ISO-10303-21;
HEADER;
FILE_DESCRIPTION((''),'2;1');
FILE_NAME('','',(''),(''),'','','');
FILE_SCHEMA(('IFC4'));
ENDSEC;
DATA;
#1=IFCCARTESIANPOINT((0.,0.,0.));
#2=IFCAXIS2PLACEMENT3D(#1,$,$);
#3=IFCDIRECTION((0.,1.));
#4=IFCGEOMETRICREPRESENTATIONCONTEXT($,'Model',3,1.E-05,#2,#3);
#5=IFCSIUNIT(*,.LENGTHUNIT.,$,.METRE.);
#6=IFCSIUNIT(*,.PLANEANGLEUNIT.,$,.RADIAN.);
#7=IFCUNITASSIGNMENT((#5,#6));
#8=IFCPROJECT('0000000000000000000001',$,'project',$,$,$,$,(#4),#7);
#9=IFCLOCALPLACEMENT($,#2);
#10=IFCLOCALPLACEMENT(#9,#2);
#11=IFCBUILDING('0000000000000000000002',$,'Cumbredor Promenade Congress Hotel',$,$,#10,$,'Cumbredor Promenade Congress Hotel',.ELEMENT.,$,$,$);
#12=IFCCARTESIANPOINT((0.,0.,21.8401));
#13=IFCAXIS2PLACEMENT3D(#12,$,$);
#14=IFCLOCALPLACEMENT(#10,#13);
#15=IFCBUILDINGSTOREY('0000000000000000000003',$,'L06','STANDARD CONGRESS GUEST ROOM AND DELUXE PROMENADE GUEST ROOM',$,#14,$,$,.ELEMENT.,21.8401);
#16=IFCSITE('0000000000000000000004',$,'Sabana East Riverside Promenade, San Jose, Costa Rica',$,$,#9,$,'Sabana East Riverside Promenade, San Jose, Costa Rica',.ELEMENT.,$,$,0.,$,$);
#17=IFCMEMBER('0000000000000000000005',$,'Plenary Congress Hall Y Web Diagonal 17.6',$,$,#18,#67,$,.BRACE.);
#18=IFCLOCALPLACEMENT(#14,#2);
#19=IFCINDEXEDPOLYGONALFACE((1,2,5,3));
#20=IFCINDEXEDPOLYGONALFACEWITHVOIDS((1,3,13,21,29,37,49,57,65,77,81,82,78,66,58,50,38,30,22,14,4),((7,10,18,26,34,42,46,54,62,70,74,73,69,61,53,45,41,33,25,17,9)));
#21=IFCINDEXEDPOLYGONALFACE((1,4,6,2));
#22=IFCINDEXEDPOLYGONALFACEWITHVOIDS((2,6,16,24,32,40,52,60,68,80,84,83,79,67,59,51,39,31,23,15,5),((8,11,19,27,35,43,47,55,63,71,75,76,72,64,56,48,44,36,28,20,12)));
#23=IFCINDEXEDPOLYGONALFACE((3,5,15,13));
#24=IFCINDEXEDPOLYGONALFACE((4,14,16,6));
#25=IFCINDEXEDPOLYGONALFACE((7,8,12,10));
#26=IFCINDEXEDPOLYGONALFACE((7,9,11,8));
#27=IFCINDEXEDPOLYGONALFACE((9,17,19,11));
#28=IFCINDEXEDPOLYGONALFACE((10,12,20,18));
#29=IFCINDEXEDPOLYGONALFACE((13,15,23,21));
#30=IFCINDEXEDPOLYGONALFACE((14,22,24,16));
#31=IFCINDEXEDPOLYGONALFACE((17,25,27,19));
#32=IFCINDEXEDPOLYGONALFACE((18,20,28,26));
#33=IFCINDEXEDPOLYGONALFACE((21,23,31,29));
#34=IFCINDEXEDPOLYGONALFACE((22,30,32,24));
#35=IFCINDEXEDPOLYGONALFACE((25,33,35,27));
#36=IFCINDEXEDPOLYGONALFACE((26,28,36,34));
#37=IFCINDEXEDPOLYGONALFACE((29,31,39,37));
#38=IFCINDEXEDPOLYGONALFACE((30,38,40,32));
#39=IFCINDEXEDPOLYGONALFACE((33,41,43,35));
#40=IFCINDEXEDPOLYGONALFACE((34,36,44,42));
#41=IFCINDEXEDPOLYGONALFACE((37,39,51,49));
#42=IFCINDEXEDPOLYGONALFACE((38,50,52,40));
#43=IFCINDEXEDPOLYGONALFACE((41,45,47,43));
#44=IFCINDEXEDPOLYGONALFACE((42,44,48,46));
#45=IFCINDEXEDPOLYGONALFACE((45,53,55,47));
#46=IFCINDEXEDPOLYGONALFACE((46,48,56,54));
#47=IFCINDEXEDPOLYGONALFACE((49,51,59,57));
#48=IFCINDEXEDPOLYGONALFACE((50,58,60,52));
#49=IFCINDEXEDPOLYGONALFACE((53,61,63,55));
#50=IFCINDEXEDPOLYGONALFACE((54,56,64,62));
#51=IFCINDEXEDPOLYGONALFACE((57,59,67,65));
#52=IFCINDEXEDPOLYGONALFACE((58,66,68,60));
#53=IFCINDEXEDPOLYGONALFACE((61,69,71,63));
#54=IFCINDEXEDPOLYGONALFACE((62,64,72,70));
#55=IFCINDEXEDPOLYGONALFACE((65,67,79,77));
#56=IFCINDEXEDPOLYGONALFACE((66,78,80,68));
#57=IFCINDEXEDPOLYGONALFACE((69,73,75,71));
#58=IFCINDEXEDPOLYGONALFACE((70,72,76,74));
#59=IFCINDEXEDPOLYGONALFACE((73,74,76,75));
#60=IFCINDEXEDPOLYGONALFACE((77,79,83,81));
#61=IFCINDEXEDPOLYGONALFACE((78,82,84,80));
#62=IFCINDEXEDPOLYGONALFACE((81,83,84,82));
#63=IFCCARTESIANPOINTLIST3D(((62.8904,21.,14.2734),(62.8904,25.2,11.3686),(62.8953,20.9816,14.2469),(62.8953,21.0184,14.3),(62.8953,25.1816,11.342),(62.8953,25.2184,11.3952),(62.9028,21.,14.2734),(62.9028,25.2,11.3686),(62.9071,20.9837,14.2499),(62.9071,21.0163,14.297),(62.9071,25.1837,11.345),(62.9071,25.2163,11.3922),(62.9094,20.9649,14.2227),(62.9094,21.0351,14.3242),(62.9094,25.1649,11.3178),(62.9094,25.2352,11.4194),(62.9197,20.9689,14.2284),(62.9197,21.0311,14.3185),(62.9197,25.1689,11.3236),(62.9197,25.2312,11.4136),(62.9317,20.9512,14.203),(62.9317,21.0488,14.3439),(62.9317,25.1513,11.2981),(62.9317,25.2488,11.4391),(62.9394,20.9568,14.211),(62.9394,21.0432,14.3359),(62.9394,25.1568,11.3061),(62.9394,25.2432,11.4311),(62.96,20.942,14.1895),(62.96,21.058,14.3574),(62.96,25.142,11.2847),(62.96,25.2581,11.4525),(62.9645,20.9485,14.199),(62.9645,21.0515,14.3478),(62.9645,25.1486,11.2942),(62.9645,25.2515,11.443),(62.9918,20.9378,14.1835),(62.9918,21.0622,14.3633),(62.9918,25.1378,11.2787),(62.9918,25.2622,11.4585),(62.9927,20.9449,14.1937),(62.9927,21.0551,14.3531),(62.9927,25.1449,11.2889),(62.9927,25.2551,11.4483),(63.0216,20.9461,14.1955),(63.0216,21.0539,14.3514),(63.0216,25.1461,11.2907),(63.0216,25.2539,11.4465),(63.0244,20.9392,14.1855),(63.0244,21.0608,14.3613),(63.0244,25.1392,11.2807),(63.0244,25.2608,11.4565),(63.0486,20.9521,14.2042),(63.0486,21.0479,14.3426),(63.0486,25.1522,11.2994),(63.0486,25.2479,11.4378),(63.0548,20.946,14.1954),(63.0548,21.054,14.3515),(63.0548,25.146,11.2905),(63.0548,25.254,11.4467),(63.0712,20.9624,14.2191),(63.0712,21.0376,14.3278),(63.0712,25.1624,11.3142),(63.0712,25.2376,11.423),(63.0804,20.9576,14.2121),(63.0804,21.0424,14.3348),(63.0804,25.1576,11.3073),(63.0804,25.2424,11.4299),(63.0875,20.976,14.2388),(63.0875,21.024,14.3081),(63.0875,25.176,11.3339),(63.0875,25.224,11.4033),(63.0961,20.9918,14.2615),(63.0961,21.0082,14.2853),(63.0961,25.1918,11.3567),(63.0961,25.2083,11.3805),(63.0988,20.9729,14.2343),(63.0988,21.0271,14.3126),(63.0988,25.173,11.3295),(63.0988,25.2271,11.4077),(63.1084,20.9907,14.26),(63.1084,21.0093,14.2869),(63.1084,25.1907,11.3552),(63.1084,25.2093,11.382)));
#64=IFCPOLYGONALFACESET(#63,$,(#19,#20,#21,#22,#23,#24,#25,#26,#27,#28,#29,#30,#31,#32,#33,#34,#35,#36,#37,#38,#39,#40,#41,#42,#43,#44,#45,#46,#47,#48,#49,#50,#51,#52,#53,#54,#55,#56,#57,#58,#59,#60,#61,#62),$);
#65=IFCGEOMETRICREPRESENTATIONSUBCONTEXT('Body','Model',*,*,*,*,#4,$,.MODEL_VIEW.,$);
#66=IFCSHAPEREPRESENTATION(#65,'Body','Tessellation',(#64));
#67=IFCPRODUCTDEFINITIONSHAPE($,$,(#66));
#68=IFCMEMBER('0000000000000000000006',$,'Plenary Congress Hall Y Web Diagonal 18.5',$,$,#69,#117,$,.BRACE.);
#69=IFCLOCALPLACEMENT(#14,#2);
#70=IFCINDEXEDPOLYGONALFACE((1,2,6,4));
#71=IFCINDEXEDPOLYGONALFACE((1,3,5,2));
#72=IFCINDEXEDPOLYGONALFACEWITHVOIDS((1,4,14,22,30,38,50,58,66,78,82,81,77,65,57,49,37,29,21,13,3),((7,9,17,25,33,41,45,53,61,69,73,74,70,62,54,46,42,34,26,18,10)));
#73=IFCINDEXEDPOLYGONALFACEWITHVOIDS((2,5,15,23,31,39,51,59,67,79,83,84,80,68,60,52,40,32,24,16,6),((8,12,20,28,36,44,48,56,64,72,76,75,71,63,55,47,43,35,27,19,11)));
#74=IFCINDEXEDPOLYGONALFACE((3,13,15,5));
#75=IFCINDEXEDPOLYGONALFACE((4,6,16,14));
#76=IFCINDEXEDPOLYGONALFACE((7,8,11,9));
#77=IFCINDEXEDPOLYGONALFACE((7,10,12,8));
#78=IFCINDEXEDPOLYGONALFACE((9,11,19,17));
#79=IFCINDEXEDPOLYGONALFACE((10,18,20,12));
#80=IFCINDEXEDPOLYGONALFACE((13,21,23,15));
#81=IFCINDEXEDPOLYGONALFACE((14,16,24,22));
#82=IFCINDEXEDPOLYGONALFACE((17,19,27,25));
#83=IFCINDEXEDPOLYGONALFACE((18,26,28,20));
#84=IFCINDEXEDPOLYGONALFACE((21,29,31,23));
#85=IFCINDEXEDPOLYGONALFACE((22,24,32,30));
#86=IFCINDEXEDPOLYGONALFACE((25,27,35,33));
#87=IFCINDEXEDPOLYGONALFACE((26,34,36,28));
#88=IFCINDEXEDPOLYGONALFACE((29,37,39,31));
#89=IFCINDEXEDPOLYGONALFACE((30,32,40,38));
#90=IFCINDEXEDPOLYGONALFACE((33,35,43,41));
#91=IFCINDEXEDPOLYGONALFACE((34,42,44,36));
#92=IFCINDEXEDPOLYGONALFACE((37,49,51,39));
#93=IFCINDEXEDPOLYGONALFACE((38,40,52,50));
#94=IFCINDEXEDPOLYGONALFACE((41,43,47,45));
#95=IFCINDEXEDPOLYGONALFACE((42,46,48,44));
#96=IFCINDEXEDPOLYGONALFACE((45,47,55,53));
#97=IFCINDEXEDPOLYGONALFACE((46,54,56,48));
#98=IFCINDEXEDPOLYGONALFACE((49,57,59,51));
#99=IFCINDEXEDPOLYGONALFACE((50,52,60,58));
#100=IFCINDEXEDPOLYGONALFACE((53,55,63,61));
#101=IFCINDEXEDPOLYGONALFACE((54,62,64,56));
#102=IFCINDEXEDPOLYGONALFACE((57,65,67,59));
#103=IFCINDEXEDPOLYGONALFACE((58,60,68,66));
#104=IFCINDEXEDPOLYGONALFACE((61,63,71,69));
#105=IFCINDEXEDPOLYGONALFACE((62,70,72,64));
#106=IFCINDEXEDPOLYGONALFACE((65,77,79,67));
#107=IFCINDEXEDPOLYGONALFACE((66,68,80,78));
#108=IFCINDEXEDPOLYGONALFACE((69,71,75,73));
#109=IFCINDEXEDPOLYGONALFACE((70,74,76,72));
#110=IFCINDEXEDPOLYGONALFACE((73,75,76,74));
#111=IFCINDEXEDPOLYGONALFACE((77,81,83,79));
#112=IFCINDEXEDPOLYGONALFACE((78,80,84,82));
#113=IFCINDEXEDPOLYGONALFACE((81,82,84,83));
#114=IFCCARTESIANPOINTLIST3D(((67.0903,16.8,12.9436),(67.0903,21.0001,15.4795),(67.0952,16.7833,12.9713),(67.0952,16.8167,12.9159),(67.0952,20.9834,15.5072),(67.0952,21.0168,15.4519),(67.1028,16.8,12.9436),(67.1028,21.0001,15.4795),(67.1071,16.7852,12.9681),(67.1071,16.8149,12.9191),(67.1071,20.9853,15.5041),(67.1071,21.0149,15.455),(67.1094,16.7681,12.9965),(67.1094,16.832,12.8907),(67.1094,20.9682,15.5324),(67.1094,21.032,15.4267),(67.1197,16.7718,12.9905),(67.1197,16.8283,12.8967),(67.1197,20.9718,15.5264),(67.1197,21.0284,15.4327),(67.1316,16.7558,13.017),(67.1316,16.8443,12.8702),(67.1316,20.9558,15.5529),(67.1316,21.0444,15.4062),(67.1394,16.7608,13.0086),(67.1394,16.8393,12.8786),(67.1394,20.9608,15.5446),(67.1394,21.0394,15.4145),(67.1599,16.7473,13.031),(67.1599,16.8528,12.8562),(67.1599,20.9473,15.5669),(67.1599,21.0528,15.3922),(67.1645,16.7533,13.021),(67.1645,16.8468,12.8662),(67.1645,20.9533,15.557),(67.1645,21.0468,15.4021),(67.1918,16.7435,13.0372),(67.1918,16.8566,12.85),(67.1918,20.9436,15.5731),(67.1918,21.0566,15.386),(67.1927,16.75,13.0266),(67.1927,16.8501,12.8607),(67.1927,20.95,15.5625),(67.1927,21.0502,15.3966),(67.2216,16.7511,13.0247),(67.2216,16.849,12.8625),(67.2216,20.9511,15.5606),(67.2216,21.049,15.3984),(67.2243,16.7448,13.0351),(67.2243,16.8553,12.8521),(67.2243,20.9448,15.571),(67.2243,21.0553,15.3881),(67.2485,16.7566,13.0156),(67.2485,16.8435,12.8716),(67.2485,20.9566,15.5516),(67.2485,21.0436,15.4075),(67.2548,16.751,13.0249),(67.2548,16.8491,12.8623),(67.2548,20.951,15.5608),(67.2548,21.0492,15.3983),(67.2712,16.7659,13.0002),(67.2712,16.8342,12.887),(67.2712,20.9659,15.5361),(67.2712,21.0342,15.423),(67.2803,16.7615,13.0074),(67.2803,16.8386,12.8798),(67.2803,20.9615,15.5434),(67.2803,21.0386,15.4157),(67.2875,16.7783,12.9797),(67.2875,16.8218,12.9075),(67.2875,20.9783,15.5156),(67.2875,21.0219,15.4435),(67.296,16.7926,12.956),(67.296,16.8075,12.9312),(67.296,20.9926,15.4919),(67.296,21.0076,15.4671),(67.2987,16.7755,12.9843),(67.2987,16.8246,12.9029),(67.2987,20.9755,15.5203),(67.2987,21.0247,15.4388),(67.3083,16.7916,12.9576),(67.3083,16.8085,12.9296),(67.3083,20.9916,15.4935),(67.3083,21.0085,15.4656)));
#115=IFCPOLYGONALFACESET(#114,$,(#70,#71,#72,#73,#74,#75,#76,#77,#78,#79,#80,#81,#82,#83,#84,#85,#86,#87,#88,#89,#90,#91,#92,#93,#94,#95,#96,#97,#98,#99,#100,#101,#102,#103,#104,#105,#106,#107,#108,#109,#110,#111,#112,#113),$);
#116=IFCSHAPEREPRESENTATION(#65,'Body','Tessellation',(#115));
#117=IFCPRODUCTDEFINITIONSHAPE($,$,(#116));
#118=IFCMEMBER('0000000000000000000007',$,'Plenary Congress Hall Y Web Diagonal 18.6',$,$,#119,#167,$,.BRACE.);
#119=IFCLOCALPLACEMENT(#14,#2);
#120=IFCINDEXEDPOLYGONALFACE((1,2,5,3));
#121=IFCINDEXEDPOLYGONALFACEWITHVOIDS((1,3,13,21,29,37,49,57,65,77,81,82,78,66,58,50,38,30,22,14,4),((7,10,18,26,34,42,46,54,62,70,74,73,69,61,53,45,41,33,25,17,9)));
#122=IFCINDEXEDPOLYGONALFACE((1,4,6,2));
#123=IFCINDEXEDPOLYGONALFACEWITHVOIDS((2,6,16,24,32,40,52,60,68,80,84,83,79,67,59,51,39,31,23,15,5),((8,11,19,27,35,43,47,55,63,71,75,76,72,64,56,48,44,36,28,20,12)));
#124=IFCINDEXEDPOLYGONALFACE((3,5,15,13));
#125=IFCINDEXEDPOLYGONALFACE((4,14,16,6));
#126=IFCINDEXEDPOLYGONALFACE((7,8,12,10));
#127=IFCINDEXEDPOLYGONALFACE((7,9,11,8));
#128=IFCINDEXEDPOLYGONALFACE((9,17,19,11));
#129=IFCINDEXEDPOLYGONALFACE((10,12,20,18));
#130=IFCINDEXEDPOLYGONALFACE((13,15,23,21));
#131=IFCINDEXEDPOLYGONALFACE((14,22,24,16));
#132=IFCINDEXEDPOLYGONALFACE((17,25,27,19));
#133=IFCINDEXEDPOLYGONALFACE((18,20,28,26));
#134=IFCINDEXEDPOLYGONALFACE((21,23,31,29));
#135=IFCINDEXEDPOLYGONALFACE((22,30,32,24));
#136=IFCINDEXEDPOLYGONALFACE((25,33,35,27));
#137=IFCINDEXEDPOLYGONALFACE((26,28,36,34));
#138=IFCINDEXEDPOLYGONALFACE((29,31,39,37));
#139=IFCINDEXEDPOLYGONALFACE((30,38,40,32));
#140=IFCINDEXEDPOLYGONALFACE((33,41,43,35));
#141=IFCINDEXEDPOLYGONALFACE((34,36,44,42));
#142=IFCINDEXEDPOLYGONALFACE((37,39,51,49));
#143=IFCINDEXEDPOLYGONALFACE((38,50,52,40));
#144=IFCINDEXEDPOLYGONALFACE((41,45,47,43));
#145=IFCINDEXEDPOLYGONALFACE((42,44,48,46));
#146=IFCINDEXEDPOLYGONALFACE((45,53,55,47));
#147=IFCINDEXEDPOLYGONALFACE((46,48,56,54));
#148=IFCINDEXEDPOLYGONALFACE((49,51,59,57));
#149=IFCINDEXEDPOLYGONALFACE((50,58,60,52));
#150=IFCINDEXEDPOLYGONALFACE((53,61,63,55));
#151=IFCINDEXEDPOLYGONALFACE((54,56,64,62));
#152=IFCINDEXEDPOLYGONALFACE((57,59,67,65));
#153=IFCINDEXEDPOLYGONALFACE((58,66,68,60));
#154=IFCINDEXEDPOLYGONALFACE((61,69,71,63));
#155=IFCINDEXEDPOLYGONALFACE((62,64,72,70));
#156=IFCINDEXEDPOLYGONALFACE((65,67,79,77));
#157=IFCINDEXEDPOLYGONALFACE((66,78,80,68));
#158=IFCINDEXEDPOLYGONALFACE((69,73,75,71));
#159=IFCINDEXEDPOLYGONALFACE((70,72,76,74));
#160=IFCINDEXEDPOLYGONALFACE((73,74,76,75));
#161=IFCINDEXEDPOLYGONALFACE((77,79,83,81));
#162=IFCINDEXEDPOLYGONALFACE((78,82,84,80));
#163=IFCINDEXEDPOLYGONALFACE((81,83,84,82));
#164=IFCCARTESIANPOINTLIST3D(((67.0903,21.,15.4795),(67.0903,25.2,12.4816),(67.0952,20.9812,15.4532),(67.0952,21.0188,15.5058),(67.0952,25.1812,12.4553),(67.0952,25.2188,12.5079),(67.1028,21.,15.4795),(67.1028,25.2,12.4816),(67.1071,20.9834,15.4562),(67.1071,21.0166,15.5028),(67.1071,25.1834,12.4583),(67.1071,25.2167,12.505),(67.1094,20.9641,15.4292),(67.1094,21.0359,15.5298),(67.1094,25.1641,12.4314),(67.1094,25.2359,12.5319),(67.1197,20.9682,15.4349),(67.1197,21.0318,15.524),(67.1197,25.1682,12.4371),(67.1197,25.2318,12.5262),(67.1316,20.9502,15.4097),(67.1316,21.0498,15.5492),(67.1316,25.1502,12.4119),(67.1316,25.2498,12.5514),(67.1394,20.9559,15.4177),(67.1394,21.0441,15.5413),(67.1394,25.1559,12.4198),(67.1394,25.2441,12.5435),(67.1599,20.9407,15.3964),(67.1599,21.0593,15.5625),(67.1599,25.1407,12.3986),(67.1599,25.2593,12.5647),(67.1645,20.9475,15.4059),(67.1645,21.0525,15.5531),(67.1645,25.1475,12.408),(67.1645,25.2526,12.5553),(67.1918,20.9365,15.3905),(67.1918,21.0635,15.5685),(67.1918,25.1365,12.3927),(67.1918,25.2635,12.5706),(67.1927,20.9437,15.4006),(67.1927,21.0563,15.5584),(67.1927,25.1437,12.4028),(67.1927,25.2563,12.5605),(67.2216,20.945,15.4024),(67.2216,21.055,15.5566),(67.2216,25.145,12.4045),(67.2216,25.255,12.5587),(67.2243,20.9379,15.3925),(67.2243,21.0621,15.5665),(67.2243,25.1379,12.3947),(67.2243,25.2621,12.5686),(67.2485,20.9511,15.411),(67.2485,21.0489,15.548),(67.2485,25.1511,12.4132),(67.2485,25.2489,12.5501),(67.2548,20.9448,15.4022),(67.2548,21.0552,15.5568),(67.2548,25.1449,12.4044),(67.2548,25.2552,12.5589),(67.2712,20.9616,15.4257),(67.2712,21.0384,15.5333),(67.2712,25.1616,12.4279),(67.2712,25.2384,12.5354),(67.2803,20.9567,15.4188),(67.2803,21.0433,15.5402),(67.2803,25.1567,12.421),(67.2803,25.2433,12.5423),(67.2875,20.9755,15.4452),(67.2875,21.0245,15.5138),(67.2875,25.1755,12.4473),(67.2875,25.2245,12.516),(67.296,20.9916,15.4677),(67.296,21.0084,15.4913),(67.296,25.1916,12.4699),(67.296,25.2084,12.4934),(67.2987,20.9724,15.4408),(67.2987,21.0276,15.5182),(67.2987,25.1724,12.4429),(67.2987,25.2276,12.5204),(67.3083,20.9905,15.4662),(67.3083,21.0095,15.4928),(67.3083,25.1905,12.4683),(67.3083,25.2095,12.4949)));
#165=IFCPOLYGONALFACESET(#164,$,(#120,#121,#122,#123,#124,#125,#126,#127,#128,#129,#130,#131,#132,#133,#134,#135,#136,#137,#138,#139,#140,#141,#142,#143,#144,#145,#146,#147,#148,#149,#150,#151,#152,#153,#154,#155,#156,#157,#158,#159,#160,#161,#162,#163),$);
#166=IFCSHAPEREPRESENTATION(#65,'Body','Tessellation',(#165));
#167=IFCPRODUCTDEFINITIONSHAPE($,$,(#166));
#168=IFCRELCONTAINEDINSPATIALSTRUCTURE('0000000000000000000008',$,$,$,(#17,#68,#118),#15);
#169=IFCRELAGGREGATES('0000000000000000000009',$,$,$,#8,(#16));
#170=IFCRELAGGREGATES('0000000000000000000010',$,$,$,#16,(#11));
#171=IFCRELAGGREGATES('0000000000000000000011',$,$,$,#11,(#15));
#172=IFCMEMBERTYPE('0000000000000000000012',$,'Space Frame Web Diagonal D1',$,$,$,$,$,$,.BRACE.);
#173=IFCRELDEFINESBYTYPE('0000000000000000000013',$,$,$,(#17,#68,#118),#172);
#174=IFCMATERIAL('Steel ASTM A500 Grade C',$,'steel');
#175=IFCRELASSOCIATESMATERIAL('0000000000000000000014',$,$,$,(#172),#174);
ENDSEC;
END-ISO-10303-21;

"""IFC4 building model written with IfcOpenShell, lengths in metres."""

from ifc_helpers import new_model, si_unit, direction, frame, origin, origin_2d, place, context, subcontext, project, spatial, hollow_circle, extrude, material, material_profile, profile_set, type_object, element, save


model = new_model("IFC4")

# Units and contexts
model_context = context("Model", 3, precision=1e-05, world=origin(), true_north=direction((0.0, 1.0)))
body_context = subcontext(model_context, "Body", "Model", "MODEL_VIEW")
ifc_project = project(units=[si_unit("LENGTHUNIT", "METRE"), si_unit("PLANEANGLEUNIT", "RADIAN")], contexts=[model_context])

# Site, building, storey
site_placement = place(None, origin())
site = spatial("IfcSite", under=ifc_project, at=site_placement, Name="Sabana East Riverside Promenade, San Jose, Costa Rica", LongName="Sabana East Riverside Promenade, San Jose, Costa Rica", CompositionType="ELEMENT", RefElevation=0.0)
building_placement = place(site_placement, origin())
building = spatial("IfcBuilding", under=site, at=building_placement, Name="Cumbredor Promenade Congress Hotel", LongName="Cumbredor Promenade Congress Hotel", CompositionType="ELEMENT")
storey_placement = place(building_placement, frame((0.0, 0.0, 21.8401)))
storey = spatial("IfcBuildingStorey", under=building, at=storey_placement, Name="L06", Description="STANDARD CONGRESS GUEST ROOM AND DELUXE PROMENADE GUEST ROOM", CompositionType="ELEMENT", Elevation=21.8401)

# Members
ifc_material_1 = material(Name="Steel ASTM A500 Grade C", Category="steel")
ifc_material_profile_1 = material_profile(ifc_material_1, hollow_circle(Radius=0.1096, WallThickness=0.0125, at=origin_2d()), Name="CHS 219.1x12.5")
ifc_profile_set_1 = profile_set([ifc_material_profile_1], Name="Steel ASTM A500 Grade C")
member_type_1 = type_object("IfcMemberType", Name="Space Frame Web Diagonal D1", PredefinedType="BRACE", material=ifc_profile_set_1)
member_1_placement = place(storey_placement, frame((63.0, 21.0, 14.2734), z_axis=(0.0, 0.822455, -0.56883), x_axis=(-1.0, 0.0, 0.0)))
element("IfcMember", 1, at=member_1_placement, inside=storey, type_object=member_type_1, Name="Plenary Congress Hall Y Web Diagonal 17.6", PredefinedType="BRACE", context=body_context, shape_type="SweptSolid", body=[
    extrude(hollow_circle(Radius=0.1096, WallThickness=0.0125, at=origin_2d()), origin(), (0.0, 0.0, 1.0), 5.1067),
])
member_2_placement = place(storey_placement, frame((67.2, 16.8, 12.9436), z_axis=(0.0, 0.856058, 0.516879), x_axis=(-1.0, 0.0, 0.0)))
element("IfcMember", 2, at=member_2_placement, inside=storey, type_object=member_type_1, Name="Plenary Congress Hall Y Web Diagonal 18.5", PredefinedType="BRACE", context=body_context, shape_type="SweptSolid", body=[
    extrude(hollow_circle(Radius=0.1096, WallThickness=0.0125, at=origin_2d()), origin(), (0.0, 0.0, 1.0), 4.9062),
])
member_3_placement = place(storey_placement, frame((67.2, 21.0, 15.4795), z_axis=(0.0, 0.813932, -0.580961), x_axis=(-1.0, 0.0, 0.0)))
element("IfcMember", 3, at=member_3_placement, inside=storey, type_object=member_type_1, Name="Plenary Congress Hall Y Web Diagonal 18.6", PredefinedType="BRACE", context=body_context, shape_type="SweptSolid", body=[
    extrude(hollow_circle(Radius=0.1096, WallThickness=0.0125, at=origin_2d()), origin(), (0.0, 0.0, 1.0), 5.1602),
])

save(model, "model.ifc")
